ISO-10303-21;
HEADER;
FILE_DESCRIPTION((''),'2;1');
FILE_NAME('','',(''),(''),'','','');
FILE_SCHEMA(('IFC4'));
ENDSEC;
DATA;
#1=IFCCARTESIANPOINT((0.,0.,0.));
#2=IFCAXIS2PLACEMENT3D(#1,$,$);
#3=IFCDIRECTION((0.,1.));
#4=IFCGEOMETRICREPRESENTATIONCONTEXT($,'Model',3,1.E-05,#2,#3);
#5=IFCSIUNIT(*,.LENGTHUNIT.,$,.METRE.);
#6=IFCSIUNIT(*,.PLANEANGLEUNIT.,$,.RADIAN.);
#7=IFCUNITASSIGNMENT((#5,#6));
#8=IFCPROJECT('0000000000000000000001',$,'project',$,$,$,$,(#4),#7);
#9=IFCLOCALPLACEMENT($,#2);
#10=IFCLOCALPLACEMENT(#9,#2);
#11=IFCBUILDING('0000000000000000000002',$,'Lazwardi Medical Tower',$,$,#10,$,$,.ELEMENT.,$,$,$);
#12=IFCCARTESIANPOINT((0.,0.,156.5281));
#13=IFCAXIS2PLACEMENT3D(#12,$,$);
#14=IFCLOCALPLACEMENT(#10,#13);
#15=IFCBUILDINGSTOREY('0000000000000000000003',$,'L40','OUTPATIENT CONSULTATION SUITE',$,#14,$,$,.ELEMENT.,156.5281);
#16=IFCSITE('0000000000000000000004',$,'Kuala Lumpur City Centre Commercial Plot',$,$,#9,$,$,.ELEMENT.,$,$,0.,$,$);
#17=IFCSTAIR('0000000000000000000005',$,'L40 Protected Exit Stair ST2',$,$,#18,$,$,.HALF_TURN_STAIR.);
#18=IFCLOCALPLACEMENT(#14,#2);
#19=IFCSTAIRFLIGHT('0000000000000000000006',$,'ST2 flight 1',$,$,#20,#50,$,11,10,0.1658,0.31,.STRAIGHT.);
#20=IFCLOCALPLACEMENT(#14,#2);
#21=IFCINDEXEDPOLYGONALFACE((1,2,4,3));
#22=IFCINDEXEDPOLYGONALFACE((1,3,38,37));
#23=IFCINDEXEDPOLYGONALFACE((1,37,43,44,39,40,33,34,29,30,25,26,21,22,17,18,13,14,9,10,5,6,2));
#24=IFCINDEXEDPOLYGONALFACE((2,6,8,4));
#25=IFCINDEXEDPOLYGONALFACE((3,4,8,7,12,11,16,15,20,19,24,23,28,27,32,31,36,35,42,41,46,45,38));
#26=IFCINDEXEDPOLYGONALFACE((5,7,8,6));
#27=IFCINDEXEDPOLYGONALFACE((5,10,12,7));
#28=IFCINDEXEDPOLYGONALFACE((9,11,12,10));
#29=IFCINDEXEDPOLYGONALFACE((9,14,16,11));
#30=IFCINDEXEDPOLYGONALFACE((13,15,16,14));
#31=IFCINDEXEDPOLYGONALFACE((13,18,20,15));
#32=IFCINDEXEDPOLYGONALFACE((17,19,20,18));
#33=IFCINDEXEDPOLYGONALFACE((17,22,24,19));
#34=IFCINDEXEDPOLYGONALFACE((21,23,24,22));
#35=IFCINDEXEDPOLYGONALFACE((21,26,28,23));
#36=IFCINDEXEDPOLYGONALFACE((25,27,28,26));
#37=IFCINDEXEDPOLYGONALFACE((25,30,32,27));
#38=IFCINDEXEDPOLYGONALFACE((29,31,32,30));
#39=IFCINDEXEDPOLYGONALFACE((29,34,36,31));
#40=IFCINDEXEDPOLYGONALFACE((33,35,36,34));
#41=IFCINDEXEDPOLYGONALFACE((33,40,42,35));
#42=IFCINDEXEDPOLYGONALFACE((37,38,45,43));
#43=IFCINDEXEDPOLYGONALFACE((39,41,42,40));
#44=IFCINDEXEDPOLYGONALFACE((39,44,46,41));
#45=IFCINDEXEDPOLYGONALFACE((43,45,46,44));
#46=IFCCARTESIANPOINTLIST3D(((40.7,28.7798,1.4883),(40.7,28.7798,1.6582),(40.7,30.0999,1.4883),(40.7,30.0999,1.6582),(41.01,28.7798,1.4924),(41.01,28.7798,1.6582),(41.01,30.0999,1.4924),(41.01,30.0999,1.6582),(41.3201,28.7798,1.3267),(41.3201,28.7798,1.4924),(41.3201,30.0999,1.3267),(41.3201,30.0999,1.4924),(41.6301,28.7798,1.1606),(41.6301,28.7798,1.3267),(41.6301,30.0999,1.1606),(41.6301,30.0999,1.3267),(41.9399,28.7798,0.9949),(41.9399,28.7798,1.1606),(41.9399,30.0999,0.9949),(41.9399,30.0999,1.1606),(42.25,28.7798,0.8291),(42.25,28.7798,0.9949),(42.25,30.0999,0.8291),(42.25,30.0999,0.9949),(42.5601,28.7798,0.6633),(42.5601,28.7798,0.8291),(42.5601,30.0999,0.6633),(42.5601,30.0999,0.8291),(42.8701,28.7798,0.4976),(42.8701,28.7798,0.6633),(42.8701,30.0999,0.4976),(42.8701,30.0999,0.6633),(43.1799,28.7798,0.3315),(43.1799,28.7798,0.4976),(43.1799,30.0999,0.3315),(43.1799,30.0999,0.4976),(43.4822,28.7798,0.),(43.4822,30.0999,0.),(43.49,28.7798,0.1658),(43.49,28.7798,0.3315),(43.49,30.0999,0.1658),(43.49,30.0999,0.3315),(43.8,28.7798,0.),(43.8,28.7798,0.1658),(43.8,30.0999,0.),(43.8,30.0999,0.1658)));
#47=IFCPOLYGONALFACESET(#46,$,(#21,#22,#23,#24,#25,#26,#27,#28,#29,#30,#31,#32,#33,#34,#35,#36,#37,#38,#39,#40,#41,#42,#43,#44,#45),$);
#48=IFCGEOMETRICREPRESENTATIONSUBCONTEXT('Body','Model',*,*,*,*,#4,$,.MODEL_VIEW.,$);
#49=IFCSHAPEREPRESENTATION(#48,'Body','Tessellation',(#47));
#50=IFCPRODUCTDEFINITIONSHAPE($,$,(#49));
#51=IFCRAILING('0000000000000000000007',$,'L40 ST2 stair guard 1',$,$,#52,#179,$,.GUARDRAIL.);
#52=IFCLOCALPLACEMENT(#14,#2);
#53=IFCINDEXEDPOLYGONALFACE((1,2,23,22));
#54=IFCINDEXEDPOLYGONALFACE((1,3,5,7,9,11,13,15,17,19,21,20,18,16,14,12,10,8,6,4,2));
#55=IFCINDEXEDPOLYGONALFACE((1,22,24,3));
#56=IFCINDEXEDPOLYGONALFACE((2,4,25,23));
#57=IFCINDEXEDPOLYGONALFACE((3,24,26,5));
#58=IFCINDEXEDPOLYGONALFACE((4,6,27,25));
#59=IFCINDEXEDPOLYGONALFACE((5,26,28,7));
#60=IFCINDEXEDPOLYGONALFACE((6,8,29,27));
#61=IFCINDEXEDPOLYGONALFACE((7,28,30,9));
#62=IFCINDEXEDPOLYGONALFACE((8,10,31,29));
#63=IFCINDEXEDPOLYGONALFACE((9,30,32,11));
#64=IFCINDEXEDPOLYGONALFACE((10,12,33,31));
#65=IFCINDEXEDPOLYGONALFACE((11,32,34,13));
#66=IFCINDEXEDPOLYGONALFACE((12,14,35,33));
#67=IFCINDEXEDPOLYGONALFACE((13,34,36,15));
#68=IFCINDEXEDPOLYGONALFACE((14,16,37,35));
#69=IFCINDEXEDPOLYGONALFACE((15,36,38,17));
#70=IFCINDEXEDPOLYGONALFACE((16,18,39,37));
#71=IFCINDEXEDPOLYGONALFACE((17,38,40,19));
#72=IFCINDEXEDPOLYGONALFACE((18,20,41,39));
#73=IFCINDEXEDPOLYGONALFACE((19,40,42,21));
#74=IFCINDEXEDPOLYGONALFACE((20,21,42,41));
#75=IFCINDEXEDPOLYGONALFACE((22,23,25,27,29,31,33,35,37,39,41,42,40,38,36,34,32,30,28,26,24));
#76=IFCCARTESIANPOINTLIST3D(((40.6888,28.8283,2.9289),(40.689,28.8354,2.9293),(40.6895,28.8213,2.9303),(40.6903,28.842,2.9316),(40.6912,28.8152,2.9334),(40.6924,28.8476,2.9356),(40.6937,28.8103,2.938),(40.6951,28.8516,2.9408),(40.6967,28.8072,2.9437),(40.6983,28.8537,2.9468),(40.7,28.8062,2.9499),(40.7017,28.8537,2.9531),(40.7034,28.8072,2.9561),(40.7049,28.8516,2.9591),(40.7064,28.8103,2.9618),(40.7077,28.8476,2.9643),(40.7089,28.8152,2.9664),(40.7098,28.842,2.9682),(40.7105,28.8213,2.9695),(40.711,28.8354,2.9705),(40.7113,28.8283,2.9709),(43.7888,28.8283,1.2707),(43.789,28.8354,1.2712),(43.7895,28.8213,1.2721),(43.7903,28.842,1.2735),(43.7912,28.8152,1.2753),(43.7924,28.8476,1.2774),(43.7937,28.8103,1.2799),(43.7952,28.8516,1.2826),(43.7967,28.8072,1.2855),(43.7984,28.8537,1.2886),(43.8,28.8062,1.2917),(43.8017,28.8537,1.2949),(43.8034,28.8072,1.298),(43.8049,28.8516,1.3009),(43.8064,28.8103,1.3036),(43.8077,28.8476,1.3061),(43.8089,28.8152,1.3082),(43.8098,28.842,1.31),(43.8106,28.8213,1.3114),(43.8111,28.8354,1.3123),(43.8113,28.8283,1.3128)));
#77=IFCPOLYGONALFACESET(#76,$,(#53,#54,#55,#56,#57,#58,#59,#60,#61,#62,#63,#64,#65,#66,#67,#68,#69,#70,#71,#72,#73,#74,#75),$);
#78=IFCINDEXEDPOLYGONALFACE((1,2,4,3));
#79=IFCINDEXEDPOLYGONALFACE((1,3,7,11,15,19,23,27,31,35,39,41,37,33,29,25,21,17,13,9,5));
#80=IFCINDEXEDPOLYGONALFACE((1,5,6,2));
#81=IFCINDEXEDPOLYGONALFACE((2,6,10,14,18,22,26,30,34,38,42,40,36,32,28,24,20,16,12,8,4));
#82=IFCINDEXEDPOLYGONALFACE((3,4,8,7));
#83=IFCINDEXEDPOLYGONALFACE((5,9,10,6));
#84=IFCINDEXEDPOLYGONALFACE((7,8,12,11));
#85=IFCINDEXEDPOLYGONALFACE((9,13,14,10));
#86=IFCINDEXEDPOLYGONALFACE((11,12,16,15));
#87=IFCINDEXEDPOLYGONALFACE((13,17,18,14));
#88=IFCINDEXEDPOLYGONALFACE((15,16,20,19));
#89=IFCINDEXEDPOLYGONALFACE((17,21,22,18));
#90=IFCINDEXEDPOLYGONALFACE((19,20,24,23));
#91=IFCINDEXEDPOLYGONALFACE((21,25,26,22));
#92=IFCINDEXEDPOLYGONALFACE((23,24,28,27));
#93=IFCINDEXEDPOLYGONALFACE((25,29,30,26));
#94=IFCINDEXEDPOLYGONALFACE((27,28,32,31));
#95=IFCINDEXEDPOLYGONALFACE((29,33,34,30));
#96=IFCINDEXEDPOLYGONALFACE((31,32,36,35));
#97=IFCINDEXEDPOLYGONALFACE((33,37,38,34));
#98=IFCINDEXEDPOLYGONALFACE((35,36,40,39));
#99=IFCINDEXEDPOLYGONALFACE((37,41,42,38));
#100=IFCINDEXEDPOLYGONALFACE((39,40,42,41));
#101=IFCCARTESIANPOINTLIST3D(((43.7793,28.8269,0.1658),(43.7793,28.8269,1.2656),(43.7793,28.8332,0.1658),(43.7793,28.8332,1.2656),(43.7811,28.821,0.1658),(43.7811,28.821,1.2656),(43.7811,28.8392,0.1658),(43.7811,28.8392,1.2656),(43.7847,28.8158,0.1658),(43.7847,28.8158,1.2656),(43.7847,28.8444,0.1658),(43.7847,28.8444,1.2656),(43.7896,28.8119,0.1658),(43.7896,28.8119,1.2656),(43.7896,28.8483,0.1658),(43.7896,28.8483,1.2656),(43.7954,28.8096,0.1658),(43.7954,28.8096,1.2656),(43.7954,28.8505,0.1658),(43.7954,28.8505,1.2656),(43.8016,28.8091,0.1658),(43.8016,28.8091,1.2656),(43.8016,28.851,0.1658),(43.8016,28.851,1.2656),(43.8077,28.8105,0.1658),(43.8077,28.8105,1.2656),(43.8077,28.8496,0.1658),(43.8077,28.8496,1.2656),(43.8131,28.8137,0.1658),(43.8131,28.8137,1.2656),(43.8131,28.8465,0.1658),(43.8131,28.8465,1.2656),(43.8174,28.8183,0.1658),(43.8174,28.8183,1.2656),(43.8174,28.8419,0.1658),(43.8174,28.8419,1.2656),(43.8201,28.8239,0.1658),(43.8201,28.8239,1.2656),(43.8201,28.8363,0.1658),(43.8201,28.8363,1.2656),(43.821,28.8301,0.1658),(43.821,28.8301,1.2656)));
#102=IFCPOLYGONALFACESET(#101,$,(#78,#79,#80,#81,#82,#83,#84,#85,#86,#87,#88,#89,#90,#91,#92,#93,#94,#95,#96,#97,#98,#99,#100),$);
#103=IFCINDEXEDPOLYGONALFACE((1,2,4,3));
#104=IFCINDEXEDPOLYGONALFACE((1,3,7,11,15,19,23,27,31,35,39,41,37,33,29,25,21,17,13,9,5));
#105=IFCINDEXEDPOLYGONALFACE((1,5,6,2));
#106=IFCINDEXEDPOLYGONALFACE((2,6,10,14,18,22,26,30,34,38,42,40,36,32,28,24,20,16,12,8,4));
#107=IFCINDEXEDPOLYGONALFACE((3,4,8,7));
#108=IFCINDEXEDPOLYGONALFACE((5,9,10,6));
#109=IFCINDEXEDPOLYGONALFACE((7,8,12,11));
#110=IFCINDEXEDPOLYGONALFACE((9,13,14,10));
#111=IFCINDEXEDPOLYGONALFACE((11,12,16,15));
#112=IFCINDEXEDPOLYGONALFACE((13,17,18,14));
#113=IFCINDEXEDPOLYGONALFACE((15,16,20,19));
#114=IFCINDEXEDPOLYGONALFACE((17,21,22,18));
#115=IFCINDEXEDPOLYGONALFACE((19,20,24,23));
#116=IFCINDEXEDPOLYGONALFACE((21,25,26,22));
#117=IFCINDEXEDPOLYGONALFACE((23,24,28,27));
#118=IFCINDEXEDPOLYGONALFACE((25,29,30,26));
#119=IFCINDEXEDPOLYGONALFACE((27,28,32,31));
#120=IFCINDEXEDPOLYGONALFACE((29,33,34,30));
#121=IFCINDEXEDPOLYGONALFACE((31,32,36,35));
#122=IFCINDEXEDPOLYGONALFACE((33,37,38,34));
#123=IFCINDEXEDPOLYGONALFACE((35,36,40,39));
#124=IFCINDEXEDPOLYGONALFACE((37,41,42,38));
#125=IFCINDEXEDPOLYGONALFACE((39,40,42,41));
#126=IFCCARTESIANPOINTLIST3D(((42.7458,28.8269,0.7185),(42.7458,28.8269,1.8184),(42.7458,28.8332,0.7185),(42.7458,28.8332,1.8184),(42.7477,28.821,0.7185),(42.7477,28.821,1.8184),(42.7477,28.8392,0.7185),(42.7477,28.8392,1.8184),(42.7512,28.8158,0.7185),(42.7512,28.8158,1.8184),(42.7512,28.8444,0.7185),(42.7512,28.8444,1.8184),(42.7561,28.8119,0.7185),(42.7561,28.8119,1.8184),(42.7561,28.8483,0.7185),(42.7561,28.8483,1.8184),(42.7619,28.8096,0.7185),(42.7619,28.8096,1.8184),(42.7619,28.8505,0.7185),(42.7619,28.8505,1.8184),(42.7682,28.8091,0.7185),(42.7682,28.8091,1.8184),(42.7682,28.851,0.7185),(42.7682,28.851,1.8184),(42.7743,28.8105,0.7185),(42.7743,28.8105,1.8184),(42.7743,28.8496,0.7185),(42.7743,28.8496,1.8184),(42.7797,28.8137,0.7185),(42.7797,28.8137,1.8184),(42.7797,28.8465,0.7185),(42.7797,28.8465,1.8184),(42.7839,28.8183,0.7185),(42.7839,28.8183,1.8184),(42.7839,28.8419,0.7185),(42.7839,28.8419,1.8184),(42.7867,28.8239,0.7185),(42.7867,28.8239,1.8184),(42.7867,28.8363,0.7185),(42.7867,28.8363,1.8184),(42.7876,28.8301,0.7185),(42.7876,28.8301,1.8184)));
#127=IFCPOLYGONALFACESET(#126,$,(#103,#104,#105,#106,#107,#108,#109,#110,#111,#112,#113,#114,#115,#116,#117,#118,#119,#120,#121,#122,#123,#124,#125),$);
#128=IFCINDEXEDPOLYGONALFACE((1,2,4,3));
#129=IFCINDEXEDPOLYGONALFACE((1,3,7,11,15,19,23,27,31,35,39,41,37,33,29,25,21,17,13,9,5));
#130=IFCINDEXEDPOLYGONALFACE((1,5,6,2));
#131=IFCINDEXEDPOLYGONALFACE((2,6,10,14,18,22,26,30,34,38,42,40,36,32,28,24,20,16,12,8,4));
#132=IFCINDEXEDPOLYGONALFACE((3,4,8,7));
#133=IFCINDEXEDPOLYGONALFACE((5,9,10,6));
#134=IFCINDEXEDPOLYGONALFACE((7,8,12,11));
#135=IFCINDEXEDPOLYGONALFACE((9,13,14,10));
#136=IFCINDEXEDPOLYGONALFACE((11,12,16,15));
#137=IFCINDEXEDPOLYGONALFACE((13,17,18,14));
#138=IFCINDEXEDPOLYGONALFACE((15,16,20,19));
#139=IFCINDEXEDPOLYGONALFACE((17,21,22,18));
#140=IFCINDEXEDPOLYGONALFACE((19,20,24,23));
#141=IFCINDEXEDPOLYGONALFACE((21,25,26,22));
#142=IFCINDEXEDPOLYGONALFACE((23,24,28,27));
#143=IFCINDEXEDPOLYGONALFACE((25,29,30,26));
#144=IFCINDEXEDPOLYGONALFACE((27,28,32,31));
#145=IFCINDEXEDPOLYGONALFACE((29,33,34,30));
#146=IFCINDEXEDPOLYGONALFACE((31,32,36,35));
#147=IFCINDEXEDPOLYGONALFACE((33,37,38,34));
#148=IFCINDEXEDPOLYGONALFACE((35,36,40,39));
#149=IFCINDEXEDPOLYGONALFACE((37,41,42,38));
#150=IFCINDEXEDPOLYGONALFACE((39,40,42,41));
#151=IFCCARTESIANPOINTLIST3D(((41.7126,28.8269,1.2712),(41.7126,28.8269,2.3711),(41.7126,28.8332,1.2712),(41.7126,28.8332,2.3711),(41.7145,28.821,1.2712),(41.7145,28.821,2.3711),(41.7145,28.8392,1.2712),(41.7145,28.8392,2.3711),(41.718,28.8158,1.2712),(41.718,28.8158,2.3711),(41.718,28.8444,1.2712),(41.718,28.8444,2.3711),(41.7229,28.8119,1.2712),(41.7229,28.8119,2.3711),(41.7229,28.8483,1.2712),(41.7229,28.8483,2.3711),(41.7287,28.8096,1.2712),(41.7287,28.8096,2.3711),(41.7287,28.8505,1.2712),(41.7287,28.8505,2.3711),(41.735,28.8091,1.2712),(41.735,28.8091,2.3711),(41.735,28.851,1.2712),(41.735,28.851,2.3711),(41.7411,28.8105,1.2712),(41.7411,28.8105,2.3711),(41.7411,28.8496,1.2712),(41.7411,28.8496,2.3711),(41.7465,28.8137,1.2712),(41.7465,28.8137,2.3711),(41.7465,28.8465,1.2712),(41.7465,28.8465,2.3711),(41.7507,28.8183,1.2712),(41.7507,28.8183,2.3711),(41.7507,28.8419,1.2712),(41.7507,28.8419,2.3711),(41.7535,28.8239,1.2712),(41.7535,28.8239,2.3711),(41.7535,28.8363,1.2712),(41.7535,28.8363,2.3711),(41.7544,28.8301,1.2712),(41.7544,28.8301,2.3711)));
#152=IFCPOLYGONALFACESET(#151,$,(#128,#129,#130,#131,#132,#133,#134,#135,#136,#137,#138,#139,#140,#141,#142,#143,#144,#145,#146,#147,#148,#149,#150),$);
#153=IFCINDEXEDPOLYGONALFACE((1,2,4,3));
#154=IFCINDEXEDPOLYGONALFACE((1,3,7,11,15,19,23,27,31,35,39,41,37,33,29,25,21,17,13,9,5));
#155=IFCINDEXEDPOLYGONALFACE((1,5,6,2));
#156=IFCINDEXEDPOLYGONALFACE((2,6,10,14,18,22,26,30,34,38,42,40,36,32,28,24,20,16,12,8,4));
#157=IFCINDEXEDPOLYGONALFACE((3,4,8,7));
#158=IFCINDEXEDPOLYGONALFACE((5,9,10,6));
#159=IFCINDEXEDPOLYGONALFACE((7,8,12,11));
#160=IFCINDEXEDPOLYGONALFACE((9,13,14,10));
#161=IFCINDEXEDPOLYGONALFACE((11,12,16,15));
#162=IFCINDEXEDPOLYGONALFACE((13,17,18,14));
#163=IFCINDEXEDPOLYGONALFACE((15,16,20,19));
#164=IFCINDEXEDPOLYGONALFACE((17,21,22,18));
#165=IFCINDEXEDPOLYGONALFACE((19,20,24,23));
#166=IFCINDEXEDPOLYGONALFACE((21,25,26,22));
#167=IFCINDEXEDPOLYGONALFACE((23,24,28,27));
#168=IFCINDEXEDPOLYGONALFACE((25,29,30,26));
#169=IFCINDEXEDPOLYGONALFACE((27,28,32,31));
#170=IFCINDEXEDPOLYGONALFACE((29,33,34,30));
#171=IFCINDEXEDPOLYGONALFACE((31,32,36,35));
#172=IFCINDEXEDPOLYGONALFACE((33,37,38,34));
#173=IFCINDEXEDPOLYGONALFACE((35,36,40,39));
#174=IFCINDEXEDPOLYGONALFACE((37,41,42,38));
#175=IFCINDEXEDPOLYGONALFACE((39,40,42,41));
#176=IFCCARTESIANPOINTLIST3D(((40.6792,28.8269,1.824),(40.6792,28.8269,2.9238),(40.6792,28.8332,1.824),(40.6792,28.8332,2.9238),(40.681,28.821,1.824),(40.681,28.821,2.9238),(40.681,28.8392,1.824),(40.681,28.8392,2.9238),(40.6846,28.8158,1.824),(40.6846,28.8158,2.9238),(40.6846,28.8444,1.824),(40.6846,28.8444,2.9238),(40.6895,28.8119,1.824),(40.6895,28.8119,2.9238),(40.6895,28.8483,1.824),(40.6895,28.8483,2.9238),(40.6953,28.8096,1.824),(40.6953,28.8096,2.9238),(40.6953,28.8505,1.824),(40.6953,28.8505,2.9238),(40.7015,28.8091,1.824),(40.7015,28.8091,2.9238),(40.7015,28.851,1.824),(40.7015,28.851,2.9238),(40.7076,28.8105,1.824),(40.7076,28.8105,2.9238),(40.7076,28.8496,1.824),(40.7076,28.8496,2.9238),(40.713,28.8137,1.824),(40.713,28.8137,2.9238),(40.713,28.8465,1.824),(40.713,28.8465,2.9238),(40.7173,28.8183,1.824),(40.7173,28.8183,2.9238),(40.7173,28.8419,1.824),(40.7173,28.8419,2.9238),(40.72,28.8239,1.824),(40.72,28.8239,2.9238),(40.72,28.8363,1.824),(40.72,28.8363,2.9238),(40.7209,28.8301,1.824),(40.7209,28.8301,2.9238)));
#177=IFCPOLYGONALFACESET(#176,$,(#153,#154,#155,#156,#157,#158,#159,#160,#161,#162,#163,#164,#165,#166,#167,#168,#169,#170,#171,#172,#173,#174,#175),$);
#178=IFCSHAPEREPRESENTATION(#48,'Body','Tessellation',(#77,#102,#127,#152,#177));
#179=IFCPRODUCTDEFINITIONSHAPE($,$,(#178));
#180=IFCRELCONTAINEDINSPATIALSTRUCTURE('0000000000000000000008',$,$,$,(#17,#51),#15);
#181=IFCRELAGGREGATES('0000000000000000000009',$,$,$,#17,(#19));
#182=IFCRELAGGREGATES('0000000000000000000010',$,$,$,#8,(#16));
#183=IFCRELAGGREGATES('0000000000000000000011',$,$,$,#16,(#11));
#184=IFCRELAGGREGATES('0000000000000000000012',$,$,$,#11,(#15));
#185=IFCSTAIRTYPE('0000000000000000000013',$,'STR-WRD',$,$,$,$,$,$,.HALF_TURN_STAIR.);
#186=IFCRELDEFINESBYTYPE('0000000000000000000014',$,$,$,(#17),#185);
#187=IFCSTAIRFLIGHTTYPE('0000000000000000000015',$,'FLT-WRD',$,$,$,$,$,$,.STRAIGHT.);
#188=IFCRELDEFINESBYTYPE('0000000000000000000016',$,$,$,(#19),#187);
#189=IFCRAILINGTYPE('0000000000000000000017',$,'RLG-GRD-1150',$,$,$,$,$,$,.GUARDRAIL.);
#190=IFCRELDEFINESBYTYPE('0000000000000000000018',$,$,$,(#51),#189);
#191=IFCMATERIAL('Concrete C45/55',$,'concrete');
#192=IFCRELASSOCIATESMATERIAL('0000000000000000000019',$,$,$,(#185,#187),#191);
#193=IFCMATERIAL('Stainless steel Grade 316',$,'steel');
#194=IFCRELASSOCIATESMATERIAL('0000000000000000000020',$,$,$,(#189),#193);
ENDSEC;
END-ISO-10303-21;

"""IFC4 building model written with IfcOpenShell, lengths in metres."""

from ifc_helpers import new_model, si_unit, direction, frame, origin, origin_2d, place, context, subcontext, project, spatial, polyline, circle, outline, extrude, material, type_object, element, aggregate, save


model = new_model("IFC4")

# Units and contexts
model_context = context("Model", 3, precision=1e-05, world=origin(), true_north=direction((0.0, 1.0)))
body_context = subcontext(model_context, "Body", "Model", "MODEL_VIEW")
ifc_project = project(units=[si_unit("LENGTHUNIT", "METRE"), si_unit("PLANEANGLEUNIT", "RADIAN")], contexts=[model_context])

# Site, building, storey
site_placement = place(None, origin())
site = spatial("IfcSite", under=ifc_project, at=site_placement, Name="Kuala Lumpur City Centre Commercial Plot", CompositionType="ELEMENT", RefElevation=0.0)
building_placement = place(site_placement, origin())
building = spatial("IfcBuilding", under=site, at=building_placement, Name="Lazwardi Medical Tower", CompositionType="ELEMENT")
storey_placement = place(building_placement, frame((0.0, 0.0, 156.5281)))
storey = spatial("IfcBuildingStorey", under=building, at=storey_placement, Name="L40", Description="OUTPATIENT CONSULTATION SUITE", CompositionType="ELEMENT", Elevation=156.5281)

# Stair, stair flight
ifc_material_1 = material(Name="Concrete C45/55", Category="concrete")
stair_type = type_object("IfcStairType", Name="STR-WRD", PredefinedType="HALF_TURN_STAIR", material=ifc_material_1)
stair_placement = place(storey_placement, origin())
stair = element("IfcStair", 1, at=stair_placement, inside=storey, type_object=stair_type, Name="L40 Protected Exit Stair ST2", PredefinedType="HALF_TURN_STAIR")
stair_flight_type = type_object("IfcStairFlightType", Name="FLT-WRD", PredefinedType="STRAIGHT", material=ifc_material_1)
stair_flight_placement = place(storey_placement, frame((43.8, 29.4399, 0.0), z_axis=(0.0, 0.0, 1.0), x_axis=(-1.0, 0.0, 0.0)))
stair_flight = element("IfcStairFlight", 2, at=stair_flight_placement, type_object=stair_flight_type, Name="ST2 flight 1", NumberOfRisers=11, NumberOfTreads=10, PredefinedType="STRAIGHT", RiserHeight=0.1658, TreadLength=0.31, context=body_context, shape_type="SweptSolid", body=[
    extrude(outline(polyline([(0.0, 0.0), (0.0, 0.1658), (0.3101, 0.1658), (0.3101, 0.3315), (0.6201, 0.3315), (0.6201, 0.4976), (0.9299, 0.4976), (0.9299, 0.6633), (1.24, 0.6633), (1.24, 0.8291), (1.55, 0.8291), (1.55, 0.9949), (1.8601, 0.9949), (1.8601, 1.1606), (2.1699, 1.1606), (2.1699, 1.3267), (2.48, 1.3267), (2.48, 1.4924), (2.79, 1.4924), (2.79, 1.6582), (3.1001, 1.6582), (3.1001, 1.824), (3.1001, 1.4883), (0.3179, 0.0), (0.0, 0.0)])), frame((0.0, 0.6602, 0.0), z_axis=(0.0, -1.0, 0.0), x_axis=(1.0, 0.0, 0.0)), (0.0, 0.0, 1.0), 1.3201),
])
aggregate(stair, [stair_flight])

# Railing
ifc_material_2 = material(Name="Stainless steel Grade 316", Category="steel")
railing_type_1 = type_object("IfcRailingType", Name="RLG-GRD-1150", PredefinedType="GUARDRAIL", material=ifc_material_2)
railing_1_placement = place(storey_placement, frame((43.8, 28.8301, 0.1658)))
element("IfcRailing", 3, at=railing_1_placement, inside=storey, type_object=railing_type_1, Name="L40 ST2 stair guard 1", PredefinedType="GUARDRAIL", context=body_context, shape_type="SweptSolid", body=[
    extrude(circle(Radius=0.0239, at=origin_2d()), frame((0.0, 0.0, 1.126), z_axis=(-0.881783, 0.0, 0.471655), x_axis=(0.0, -1.0, 0.0)), (0.0, 0.0, 1.0), 3.5156),
    extrude(circle(Radius=0.021, at=origin_2d()), origin(), (0.0, 0.0, 1.0), 1.0999),
    extrude(circle(Radius=0.021, at=origin_2d()), frame((-1.0334, 0.0, 0.5527)), (0.0, 0.0, 1.0), 1.0999),
    extrude(circle(Radius=0.021, at=origin_2d()), frame((-2.0667, 0.0, 1.1055)), (0.0, 0.0, 1.0), 1.0999),
    extrude(circle(Radius=0.021, at=origin_2d()), frame((-3.1001, 0.0, 1.6582)), (0.0, 0.0, 1.0), 1.0999),
])

save(model, "model.ifc")
